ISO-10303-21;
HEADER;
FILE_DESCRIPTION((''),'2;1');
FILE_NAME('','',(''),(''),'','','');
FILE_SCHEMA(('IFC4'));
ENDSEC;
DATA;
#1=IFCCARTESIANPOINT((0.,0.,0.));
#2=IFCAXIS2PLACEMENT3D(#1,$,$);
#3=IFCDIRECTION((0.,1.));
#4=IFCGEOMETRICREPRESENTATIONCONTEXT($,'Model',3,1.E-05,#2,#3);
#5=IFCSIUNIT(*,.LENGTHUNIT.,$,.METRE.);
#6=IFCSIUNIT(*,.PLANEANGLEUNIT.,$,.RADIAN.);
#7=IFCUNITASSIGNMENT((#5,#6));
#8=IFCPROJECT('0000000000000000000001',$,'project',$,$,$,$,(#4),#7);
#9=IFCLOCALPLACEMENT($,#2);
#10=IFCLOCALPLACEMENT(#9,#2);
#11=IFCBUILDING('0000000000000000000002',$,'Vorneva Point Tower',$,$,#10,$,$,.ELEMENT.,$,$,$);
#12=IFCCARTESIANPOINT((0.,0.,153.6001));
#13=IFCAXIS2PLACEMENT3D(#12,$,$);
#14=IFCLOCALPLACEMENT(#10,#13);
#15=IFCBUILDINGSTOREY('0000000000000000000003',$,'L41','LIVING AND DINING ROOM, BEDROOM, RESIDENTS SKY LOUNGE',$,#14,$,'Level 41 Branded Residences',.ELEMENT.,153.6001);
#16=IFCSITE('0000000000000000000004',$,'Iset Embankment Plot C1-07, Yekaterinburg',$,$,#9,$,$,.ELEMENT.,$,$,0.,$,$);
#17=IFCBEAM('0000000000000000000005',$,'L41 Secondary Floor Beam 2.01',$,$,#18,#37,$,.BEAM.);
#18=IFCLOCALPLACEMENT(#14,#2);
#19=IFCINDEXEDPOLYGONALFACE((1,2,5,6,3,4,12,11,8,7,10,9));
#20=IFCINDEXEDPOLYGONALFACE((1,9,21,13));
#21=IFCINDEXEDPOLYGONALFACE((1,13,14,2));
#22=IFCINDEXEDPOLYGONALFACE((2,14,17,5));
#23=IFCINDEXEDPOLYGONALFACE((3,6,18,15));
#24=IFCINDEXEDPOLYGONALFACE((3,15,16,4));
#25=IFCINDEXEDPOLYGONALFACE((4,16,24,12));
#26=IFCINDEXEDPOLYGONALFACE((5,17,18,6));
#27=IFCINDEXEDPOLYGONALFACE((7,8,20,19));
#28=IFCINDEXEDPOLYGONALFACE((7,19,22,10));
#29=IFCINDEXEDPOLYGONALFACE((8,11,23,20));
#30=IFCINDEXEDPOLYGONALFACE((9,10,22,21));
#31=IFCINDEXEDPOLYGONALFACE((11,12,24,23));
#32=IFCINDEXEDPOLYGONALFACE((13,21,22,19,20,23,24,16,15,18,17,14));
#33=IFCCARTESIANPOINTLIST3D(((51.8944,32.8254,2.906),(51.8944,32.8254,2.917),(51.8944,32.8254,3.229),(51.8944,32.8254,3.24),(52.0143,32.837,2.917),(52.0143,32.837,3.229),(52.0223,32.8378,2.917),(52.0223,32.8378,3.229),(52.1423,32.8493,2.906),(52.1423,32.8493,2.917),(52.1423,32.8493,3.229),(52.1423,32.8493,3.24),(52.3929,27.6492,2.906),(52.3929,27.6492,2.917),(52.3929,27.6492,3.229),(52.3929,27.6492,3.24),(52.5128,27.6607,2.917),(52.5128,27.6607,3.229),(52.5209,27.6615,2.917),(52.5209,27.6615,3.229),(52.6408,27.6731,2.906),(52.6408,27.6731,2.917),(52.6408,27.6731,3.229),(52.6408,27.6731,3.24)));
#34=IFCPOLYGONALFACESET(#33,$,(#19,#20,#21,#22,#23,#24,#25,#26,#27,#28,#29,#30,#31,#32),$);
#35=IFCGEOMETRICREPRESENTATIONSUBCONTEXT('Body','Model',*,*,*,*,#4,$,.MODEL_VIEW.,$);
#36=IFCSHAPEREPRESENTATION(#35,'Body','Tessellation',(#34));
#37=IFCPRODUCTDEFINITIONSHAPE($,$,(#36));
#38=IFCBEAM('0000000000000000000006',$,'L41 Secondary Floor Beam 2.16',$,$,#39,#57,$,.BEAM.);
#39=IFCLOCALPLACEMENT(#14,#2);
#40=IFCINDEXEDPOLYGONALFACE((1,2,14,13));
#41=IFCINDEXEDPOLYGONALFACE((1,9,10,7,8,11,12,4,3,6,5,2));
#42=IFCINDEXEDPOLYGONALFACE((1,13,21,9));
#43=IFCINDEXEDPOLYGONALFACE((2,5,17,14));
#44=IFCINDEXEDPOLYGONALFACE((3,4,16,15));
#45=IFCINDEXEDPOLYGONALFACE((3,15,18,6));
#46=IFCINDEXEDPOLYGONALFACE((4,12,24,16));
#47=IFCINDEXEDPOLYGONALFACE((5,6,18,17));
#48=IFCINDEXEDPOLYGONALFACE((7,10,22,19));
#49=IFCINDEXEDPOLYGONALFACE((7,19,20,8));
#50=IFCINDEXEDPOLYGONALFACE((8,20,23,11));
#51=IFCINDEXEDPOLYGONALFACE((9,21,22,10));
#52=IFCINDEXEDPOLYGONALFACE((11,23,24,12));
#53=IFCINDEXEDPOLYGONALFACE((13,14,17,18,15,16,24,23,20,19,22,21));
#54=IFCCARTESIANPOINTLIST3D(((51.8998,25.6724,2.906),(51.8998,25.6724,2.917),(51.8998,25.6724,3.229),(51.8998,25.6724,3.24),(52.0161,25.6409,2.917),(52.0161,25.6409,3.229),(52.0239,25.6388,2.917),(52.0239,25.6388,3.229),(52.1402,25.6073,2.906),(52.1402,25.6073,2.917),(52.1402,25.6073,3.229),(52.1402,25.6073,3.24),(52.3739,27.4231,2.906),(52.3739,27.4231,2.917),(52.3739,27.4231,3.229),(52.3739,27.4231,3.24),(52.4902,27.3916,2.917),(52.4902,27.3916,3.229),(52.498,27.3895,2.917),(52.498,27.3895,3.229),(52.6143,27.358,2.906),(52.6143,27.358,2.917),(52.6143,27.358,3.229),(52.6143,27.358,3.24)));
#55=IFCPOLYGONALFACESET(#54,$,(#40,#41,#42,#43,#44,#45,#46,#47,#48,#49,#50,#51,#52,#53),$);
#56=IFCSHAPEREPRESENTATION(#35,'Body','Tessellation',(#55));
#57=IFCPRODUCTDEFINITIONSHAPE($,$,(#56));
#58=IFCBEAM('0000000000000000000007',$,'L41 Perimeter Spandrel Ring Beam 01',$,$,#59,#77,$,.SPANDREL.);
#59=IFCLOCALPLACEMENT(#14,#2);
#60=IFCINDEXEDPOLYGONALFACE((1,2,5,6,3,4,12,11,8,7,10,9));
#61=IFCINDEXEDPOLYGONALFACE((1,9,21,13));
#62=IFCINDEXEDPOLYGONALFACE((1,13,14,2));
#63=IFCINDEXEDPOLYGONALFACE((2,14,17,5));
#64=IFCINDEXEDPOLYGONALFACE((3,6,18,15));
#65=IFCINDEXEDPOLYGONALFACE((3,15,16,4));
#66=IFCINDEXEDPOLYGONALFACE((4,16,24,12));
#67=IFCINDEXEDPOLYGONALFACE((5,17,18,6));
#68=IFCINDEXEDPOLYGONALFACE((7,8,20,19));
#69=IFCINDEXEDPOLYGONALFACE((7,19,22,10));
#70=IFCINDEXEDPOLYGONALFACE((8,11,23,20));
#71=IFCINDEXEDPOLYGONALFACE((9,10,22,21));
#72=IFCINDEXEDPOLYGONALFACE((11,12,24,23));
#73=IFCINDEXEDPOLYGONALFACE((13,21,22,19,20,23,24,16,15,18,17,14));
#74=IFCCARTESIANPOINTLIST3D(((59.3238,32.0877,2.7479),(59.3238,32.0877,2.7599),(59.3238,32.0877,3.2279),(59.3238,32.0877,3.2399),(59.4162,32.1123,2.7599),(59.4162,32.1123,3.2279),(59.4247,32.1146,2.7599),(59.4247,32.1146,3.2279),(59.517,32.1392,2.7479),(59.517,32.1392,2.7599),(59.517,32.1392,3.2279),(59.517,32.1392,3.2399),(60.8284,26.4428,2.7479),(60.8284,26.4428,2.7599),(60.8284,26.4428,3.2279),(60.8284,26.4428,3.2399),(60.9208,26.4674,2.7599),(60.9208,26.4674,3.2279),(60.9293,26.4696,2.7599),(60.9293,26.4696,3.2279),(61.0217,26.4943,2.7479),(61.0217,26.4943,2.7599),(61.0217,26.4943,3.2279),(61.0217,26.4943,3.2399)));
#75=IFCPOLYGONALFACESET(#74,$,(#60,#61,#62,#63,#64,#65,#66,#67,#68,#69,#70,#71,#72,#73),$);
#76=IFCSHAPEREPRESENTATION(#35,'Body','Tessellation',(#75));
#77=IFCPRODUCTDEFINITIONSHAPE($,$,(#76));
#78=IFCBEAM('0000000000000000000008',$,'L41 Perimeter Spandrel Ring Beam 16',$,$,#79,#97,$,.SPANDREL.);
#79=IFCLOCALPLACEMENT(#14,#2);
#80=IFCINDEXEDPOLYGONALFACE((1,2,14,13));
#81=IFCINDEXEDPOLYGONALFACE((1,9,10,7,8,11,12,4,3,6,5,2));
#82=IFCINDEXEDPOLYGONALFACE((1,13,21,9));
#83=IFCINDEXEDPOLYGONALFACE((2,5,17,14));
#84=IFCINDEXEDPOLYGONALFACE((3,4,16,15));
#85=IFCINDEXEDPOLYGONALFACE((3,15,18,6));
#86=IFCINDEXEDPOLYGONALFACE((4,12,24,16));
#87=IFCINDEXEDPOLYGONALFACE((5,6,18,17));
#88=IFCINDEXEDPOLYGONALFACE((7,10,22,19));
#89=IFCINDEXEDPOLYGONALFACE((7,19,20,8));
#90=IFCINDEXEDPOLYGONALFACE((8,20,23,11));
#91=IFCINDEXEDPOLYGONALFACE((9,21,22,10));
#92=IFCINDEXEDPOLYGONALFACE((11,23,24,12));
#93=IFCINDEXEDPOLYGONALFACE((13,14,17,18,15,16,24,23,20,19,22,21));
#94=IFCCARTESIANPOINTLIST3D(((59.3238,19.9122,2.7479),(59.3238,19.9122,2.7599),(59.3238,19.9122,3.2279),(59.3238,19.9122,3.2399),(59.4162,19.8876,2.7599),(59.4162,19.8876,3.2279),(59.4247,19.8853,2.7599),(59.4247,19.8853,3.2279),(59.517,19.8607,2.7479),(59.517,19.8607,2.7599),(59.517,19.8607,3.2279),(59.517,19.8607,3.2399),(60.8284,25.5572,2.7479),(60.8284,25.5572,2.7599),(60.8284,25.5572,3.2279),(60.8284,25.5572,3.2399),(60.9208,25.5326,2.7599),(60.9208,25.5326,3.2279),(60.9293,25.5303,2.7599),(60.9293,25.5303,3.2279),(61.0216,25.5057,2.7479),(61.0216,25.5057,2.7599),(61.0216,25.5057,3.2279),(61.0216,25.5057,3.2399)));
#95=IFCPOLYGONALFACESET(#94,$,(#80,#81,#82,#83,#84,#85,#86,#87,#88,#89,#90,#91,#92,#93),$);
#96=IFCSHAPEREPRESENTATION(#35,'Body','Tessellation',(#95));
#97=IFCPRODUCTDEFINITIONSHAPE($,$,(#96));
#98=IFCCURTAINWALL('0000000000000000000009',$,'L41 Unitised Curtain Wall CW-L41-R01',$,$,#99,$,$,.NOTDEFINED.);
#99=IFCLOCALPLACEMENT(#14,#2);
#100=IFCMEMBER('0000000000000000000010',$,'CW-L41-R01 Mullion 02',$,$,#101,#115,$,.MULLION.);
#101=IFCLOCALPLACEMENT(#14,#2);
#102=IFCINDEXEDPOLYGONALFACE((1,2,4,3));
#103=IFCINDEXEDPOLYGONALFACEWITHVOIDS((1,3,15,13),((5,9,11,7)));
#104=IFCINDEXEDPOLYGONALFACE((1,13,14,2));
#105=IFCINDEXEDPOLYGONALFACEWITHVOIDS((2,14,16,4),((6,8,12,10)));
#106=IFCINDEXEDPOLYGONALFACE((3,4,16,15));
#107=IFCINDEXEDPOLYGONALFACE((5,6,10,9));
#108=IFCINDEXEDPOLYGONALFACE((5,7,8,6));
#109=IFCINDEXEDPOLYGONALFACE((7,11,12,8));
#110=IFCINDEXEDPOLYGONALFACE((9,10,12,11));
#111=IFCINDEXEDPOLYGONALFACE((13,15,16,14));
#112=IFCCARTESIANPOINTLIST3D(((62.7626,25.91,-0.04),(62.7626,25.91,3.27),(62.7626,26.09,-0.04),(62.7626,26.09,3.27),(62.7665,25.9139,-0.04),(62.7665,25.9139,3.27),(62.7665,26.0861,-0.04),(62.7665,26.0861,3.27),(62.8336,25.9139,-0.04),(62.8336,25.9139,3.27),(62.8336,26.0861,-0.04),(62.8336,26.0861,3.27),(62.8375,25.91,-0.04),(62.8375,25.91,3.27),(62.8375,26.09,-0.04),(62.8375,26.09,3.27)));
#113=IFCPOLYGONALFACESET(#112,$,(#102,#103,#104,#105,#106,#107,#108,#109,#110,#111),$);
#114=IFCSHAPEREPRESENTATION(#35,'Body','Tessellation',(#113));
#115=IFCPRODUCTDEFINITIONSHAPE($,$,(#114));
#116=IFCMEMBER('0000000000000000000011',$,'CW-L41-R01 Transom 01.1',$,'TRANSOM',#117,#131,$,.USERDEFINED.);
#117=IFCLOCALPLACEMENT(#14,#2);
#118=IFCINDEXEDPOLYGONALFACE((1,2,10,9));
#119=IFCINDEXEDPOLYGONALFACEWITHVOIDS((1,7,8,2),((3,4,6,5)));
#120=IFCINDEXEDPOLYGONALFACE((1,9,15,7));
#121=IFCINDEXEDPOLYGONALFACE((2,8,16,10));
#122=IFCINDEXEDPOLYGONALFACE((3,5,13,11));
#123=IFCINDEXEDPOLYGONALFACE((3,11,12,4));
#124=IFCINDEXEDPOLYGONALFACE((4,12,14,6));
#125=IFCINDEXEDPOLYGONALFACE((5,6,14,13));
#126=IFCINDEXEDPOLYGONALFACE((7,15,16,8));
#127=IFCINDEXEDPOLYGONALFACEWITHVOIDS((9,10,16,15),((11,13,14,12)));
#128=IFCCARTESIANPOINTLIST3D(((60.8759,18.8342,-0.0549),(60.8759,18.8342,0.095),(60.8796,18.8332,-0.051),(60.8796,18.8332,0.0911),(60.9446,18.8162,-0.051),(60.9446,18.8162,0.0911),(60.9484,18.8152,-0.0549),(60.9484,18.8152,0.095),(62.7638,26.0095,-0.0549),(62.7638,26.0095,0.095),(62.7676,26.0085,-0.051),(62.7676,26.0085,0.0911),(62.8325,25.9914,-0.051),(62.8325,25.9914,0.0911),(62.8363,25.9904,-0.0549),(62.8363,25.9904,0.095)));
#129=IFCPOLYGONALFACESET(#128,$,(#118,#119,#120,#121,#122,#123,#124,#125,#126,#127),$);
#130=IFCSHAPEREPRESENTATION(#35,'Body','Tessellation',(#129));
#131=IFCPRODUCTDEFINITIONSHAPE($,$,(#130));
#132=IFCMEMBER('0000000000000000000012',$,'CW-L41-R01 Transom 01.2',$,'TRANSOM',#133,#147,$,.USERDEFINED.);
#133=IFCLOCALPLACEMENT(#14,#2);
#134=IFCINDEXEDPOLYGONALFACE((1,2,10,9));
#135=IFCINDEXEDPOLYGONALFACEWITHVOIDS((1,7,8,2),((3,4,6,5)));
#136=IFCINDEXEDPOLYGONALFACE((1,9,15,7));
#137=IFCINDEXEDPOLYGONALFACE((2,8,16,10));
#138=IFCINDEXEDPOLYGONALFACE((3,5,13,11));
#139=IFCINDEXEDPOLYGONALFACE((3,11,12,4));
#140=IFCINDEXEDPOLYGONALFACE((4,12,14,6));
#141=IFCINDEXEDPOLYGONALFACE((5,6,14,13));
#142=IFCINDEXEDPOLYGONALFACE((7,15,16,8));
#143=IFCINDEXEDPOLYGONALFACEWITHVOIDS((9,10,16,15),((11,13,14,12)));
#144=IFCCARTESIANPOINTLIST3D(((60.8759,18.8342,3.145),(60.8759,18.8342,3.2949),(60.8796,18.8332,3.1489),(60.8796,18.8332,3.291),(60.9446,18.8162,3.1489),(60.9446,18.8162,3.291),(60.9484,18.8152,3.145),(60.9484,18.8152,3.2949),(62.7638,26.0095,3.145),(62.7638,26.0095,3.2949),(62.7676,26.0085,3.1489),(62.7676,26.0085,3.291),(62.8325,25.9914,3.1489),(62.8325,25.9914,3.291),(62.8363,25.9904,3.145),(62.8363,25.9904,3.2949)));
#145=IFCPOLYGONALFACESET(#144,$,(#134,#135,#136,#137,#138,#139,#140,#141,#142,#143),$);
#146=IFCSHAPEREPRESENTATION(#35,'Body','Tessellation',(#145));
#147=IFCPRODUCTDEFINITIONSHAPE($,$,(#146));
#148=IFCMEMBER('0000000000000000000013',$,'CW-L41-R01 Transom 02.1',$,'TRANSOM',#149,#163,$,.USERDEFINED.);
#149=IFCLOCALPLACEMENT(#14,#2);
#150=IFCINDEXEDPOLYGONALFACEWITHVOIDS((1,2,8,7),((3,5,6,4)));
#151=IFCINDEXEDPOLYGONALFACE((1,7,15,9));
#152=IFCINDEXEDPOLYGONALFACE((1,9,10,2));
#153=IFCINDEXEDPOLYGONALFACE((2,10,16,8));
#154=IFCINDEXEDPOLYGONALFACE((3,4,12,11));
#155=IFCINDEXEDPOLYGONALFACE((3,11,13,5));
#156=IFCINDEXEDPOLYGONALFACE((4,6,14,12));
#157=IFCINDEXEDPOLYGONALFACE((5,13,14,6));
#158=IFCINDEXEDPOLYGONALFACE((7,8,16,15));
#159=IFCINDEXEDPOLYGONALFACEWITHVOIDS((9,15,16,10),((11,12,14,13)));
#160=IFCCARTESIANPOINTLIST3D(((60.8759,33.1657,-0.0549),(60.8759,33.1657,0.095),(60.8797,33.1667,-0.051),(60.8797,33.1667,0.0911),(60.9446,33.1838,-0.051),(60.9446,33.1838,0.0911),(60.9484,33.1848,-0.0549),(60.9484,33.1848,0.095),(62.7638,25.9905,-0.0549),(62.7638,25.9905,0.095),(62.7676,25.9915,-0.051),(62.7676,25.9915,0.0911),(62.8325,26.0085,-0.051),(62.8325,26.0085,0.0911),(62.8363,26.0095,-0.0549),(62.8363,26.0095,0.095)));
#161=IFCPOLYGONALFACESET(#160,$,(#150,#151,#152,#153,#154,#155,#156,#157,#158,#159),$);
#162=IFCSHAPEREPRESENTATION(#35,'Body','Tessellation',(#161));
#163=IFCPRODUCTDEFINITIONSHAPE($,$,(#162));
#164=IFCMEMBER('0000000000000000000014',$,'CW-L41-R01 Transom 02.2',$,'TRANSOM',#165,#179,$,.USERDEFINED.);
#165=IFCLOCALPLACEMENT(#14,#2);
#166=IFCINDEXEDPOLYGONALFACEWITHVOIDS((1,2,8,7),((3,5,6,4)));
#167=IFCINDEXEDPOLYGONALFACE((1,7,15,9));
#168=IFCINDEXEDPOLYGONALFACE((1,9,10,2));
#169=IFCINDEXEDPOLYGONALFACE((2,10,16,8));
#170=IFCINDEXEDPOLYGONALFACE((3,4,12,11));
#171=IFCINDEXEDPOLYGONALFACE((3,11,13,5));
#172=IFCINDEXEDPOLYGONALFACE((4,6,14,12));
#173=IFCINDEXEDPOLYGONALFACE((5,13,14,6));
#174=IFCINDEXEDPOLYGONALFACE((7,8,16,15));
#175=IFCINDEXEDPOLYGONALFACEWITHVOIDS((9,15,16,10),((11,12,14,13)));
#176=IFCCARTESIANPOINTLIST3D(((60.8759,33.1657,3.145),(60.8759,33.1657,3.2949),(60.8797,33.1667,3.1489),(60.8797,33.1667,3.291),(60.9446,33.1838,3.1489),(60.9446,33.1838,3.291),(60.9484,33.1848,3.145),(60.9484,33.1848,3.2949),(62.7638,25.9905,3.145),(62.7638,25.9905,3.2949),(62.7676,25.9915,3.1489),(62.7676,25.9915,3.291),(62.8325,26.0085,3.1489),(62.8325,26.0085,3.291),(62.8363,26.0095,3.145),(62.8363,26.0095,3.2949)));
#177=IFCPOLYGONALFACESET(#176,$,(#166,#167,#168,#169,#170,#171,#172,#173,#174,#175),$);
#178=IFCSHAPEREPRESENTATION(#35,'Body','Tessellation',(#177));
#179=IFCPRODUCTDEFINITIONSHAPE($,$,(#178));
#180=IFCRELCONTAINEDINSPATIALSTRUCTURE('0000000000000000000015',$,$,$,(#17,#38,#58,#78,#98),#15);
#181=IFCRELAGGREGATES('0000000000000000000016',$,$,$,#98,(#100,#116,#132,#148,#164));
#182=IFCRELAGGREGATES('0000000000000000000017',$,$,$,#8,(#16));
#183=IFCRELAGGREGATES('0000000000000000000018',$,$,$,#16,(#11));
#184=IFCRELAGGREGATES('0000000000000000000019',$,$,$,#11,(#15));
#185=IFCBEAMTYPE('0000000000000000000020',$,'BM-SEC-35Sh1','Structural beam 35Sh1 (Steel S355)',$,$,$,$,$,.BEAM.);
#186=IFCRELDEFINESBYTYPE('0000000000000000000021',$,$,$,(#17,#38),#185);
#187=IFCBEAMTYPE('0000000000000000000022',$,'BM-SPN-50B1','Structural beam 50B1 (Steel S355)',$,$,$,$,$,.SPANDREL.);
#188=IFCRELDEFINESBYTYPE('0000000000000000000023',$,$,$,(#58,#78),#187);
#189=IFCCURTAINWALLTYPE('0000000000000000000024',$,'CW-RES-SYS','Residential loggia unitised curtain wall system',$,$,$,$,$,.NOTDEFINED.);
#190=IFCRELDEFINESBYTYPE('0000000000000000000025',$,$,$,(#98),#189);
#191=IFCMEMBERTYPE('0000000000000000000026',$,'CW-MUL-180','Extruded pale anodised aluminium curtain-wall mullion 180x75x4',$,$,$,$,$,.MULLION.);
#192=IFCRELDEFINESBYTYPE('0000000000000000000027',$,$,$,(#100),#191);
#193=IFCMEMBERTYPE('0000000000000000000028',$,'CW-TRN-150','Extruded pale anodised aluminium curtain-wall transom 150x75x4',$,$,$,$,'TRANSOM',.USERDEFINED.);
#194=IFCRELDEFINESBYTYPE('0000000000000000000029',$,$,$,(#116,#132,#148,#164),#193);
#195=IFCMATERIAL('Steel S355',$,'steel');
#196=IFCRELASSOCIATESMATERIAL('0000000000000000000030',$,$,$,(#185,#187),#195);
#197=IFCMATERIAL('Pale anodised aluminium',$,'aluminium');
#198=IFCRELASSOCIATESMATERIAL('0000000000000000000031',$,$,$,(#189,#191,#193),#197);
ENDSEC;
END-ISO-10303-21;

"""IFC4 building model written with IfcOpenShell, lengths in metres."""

from ifc_helpers import new_model, si_unit, direction, frame, origin, origin_2d, place, context, subcontext, project, spatial, hollow_rectangle, i_section, extrude, material, material_profile, profile_set, type_object, element, aggregate, save


model = new_model("IFC4")

# Units and contexts
model_context = context("Model", 3, precision=1e-05, world=origin(), true_north=direction((0.0, 1.0)))
body_context = subcontext(model_context, "Body", "Model", "MODEL_VIEW")
ifc_project = project(units=[si_unit("LENGTHUNIT", "METRE"), si_unit("PLANEANGLEUNIT", "RADIAN")], contexts=[model_context])

# Site, building, storey
site_placement = place(None, origin())
site = spatial("IfcSite", under=ifc_project, at=site_placement, Name="Iset Embankment Plot C1-07, Yekaterinburg", CompositionType="ELEMENT", RefElevation=0.0)
building_placement = place(site_placement, origin())
building = spatial("IfcBuilding", under=site, at=building_placement, Name="Vorneva Point Tower", CompositionType="ELEMENT")
storey_placement = place(building_placement, frame((0.0, 0.0, 153.6001)))
storey = spatial("IfcBuildingStorey", under=building, at=storey_placement, Name="L41", Description="LIVING AND DINING ROOM, BEDROOM, RESIDENTS SKY LOUNGE", LongName="Level 41 Branded Residences", CompositionType="ELEMENT", Elevation=153.6001)

# Beams
ifc_material_1 = material(Name="Steel S355", Category="steel")
ifc_material_profile_1 = material_profile(ifc_material_1, i_section(OverallWidth=0.249, OverallDepth=0.334, WebThickness=0.0081, FlangeThickness=0.011, at=origin_2d()), Name="35Sh1")
ifc_profile_set_1 = profile_set([ifc_material_profile_1], Name="Steel S355")
beam_type_1 = type_object("IfcBeamType", Name="BM-SEC-35Sh1", Description="Structural beam 35Sh1 (Steel S355)", PredefinedType="BEAM", material=ifc_profile_set_1)
beam_1_placement = place(storey_placement, frame((52.5168, 27.6611, 3.073), z_axis=(-0.095868, 0.995394, 0.0), x_axis=(-0.995394, -0.095868, 0.0)))
element("IfcBeam", 1, at=beam_1_placement, inside=storey, type_object=beam_type_1, Name="L41 Secondary Floor Beam 2.01", PredefinedType="BEAM", context=body_context, shape_type="SweptSolid", body=[
    extrude(i_section(OverallWidth=0.249, OverallDepth=0.334, WebThickness=0.0081, FlangeThickness=0.011, at=origin_2d()), origin(), (0.0, 0.0, 1.0), 5.2002),
])
beam_2_placement = place(storey_placement, frame((52.02, 25.6399, 3.073), z_axis=(0.261397, 0.965231, 0.0), x_axis=(-0.965231, 0.261397, 0.0)))
element("IfcBeam", 2, at=beam_2_placement, inside=storey, type_object=beam_type_1, Name="L41 Secondary Floor Beam 2.16", PredefinedType="BEAM", context=body_context, shape_type="SweptSolid", body=[
    extrude(i_section(OverallWidth=0.249, OverallDepth=0.334, WebThickness=0.0081, FlangeThickness=0.011, at=origin_2d()), origin(), (0.0, 0.0, 1.0), 1.8137),
])
ifc_material_profile_2 = material_profile(ifc_material_1, i_section(OverallWidth=0.2, OverallDepth=0.4919, WebThickness=0.0088, FlangeThickness=0.012, at=origin_2d()), Name="50B1")
ifc_profile_set_2 = profile_set([ifc_material_profile_2], Name="Steel S355")
beam_type_2 = type_object("IfcBeamType", Name="BM-SPN-50B1", Description="Structural beam 50B1 (Steel S355)", PredefinedType="SPANDREL", material=ifc_profile_set_2)
for number, where, z_axis, x_axis, name in (
    (3, (60.925, 26.4685, 2.9939), (-0.257551, 0.966265, 0.0), (-0.966265, -0.257551, 0.0), "L41 Perimeter Spandrel Ring Beam 01"),
    (4, (59.4204, 19.8865, 2.9939), (0.257551, 0.966265, 0.0), (-0.966265, 0.257551, 0.0), "L41 Perimeter Spandrel Ring Beam 16"),
):
    element("IfcBeam", number, at=place(storey_placement, frame(where, z_axis=z_axis, x_axis=x_axis)), inside=storey, type_object=beam_type_2, Name=name, PredefinedType="SPANDREL", context=body_context, shape_type="SweptSolid", body=[
        extrude(i_section(OverallWidth=0.2, OverallDepth=0.4919, WebThickness=0.0088, FlangeThickness=0.012, at=origin_2d()), origin(), (0.0, 0.0, 1.0), 5.842),
    ])

# Curtain wall, members
ifc_material_2 = material(Name="Pale anodised aluminium", Category="aluminium")
curtain_wall_type = type_object("IfcCurtainWallType", Name="CW-RES-SYS", Description="Residential loggia unitised curtain wall system", PredefinedType="NOTDEFINED", material=ifc_material_2)
curtain_wall_placement = place(storey_placement, origin())
curtain_wall = element("IfcCurtainWall", 5, at=curtain_wall_placement, inside=storey, type_object=curtain_wall_type, Name="L41 Unitised Curtain Wall CW-L41-R01", PredefinedType="NOTDEFINED")
ifc_material_profile_3 = material_profile(ifc_material_2, hollow_rectangle(XDim=0.075, YDim=0.1799, WallThickness=0.0039, at=origin_2d()), Name="AL-MUL 180x75x4")
ifc_profile_set_3 = profile_set([ifc_material_profile_3], Name="Pale anodised aluminium")
member_type_1 = type_object("IfcMemberType", Name="CW-MUL-180", Description="Extruded pale anodised aluminium curtain-wall mullion 180x75x4", PredefinedType="MULLION", material=ifc_profile_set_3)
member_1_placement = place(storey_placement, frame((62.8, 26.0, -0.04), z_axis=(0.0, 0.0, 1.0), x_axis=(1.0, 0.0, 0.0)))
member_1 = element("IfcMember", 6, at=member_1_placement, type_object=member_type_1, Name="CW-L41-R01 Mullion 02", PredefinedType="MULLION", context=body_context, shape_type="SweptSolid", body=[
    extrude(hollow_rectangle(XDim=0.075, YDim=0.1799, WallThickness=0.0039, at=origin_2d()), origin(), (0.0, 0.0, 1.0), 3.3101),
])
ifc_material_profile_4 = material_profile(ifc_material_2, hollow_rectangle(XDim=0.075, YDim=0.1499, WallThickness=0.0039, at=origin_2d()), Name="AL-TRN 150x75x4")
ifc_profile_set_4 = profile_set([ifc_material_profile_4], Name="Pale anodised aluminium")
member_type_2 = type_object("IfcMemberType", Name="CW-TRN-150", Description="Extruded pale anodised aluminium curtain-wall transom 150x75x4", ElementType="TRANSOM", PredefinedType="USERDEFINED", material=ifc_profile_set_4)
member_2_placement = place(storey_placement, frame((60.9121, 18.8247, 0.02), z_axis=(0.254456, 0.967084, 0.0), x_axis=(-0.967084, 0.254456, 0.0)))
member_2 = element("IfcMember", 7, at=member_2_placement, type_object=member_type_2, Name="CW-L41-R01 Transom 01.1", ObjectType="TRANSOM", PredefinedType="USERDEFINED", context=body_context, shape_type="SweptSolid", body=[
    extrude(hollow_rectangle(XDim=0.075, YDim=0.1499, WallThickness=0.0039, at=origin_2d()), origin(), (0.0, 0.0, 1.0), 7.4194),
])
member_3_placement = place(storey_placement, frame((60.9121, 18.8247, 3.22), z_axis=(0.254456, 0.967084, 0.0), x_axis=(-0.967084, 0.254456, 0.0)))
member_3 = element("IfcMember", 8, at=member_3_placement, type_object=member_type_2, Name="CW-L41-R01 Transom 01.2", ObjectType="TRANSOM", PredefinedType="USERDEFINED", context=body_context, shape_type="SweptSolid", body=[
    extrude(hollow_rectangle(XDim=0.075, YDim=0.1499, WallThickness=0.0039, at=origin_2d()), origin(), (0.0, 0.0, 1.0), 7.4194),
])
member_4_placement = place(storey_placement, frame((62.8, 26.0, 0.02), z_axis=(-0.254456, 0.967084, 0.0), x_axis=(-0.967084, -0.254456, 0.0)))
member_4 = element("IfcMember", 9, at=member_4_placement, type_object=member_type_2, Name="CW-L41-R01 Transom 02.1", ObjectType="TRANSOM", PredefinedType="USERDEFINED", context=body_context, shape_type="SweptSolid", body=[
    extrude(hollow_rectangle(XDim=0.075, YDim=0.1499, WallThickness=0.0039, at=origin_2d()), origin(), (0.0, 0.0, 1.0), 7.4194),
])
member_5_placement = place(storey_placement, frame((62.8, 26.0, 3.22), z_axis=(-0.254456, 0.967084, 0.0), x_axis=(-0.967084, -0.254456, 0.0)))
member_5 = element("IfcMember", 10, at=member_5_placement, type_object=member_type_2, Name="CW-L41-R01 Transom 02.2", ObjectType="TRANSOM", PredefinedType="USERDEFINED", context=body_context, shape_type="SweptSolid", body=[
    extrude(hollow_rectangle(XDim=0.075, YDim=0.1499, WallThickness=0.0039, at=origin_2d()), origin(), (0.0, 0.0, 1.0), 7.4194),
])
aggregate(curtain_wall, [member_1, member_2, member_3, member_4, member_5])

save(model, "model.ifc")
